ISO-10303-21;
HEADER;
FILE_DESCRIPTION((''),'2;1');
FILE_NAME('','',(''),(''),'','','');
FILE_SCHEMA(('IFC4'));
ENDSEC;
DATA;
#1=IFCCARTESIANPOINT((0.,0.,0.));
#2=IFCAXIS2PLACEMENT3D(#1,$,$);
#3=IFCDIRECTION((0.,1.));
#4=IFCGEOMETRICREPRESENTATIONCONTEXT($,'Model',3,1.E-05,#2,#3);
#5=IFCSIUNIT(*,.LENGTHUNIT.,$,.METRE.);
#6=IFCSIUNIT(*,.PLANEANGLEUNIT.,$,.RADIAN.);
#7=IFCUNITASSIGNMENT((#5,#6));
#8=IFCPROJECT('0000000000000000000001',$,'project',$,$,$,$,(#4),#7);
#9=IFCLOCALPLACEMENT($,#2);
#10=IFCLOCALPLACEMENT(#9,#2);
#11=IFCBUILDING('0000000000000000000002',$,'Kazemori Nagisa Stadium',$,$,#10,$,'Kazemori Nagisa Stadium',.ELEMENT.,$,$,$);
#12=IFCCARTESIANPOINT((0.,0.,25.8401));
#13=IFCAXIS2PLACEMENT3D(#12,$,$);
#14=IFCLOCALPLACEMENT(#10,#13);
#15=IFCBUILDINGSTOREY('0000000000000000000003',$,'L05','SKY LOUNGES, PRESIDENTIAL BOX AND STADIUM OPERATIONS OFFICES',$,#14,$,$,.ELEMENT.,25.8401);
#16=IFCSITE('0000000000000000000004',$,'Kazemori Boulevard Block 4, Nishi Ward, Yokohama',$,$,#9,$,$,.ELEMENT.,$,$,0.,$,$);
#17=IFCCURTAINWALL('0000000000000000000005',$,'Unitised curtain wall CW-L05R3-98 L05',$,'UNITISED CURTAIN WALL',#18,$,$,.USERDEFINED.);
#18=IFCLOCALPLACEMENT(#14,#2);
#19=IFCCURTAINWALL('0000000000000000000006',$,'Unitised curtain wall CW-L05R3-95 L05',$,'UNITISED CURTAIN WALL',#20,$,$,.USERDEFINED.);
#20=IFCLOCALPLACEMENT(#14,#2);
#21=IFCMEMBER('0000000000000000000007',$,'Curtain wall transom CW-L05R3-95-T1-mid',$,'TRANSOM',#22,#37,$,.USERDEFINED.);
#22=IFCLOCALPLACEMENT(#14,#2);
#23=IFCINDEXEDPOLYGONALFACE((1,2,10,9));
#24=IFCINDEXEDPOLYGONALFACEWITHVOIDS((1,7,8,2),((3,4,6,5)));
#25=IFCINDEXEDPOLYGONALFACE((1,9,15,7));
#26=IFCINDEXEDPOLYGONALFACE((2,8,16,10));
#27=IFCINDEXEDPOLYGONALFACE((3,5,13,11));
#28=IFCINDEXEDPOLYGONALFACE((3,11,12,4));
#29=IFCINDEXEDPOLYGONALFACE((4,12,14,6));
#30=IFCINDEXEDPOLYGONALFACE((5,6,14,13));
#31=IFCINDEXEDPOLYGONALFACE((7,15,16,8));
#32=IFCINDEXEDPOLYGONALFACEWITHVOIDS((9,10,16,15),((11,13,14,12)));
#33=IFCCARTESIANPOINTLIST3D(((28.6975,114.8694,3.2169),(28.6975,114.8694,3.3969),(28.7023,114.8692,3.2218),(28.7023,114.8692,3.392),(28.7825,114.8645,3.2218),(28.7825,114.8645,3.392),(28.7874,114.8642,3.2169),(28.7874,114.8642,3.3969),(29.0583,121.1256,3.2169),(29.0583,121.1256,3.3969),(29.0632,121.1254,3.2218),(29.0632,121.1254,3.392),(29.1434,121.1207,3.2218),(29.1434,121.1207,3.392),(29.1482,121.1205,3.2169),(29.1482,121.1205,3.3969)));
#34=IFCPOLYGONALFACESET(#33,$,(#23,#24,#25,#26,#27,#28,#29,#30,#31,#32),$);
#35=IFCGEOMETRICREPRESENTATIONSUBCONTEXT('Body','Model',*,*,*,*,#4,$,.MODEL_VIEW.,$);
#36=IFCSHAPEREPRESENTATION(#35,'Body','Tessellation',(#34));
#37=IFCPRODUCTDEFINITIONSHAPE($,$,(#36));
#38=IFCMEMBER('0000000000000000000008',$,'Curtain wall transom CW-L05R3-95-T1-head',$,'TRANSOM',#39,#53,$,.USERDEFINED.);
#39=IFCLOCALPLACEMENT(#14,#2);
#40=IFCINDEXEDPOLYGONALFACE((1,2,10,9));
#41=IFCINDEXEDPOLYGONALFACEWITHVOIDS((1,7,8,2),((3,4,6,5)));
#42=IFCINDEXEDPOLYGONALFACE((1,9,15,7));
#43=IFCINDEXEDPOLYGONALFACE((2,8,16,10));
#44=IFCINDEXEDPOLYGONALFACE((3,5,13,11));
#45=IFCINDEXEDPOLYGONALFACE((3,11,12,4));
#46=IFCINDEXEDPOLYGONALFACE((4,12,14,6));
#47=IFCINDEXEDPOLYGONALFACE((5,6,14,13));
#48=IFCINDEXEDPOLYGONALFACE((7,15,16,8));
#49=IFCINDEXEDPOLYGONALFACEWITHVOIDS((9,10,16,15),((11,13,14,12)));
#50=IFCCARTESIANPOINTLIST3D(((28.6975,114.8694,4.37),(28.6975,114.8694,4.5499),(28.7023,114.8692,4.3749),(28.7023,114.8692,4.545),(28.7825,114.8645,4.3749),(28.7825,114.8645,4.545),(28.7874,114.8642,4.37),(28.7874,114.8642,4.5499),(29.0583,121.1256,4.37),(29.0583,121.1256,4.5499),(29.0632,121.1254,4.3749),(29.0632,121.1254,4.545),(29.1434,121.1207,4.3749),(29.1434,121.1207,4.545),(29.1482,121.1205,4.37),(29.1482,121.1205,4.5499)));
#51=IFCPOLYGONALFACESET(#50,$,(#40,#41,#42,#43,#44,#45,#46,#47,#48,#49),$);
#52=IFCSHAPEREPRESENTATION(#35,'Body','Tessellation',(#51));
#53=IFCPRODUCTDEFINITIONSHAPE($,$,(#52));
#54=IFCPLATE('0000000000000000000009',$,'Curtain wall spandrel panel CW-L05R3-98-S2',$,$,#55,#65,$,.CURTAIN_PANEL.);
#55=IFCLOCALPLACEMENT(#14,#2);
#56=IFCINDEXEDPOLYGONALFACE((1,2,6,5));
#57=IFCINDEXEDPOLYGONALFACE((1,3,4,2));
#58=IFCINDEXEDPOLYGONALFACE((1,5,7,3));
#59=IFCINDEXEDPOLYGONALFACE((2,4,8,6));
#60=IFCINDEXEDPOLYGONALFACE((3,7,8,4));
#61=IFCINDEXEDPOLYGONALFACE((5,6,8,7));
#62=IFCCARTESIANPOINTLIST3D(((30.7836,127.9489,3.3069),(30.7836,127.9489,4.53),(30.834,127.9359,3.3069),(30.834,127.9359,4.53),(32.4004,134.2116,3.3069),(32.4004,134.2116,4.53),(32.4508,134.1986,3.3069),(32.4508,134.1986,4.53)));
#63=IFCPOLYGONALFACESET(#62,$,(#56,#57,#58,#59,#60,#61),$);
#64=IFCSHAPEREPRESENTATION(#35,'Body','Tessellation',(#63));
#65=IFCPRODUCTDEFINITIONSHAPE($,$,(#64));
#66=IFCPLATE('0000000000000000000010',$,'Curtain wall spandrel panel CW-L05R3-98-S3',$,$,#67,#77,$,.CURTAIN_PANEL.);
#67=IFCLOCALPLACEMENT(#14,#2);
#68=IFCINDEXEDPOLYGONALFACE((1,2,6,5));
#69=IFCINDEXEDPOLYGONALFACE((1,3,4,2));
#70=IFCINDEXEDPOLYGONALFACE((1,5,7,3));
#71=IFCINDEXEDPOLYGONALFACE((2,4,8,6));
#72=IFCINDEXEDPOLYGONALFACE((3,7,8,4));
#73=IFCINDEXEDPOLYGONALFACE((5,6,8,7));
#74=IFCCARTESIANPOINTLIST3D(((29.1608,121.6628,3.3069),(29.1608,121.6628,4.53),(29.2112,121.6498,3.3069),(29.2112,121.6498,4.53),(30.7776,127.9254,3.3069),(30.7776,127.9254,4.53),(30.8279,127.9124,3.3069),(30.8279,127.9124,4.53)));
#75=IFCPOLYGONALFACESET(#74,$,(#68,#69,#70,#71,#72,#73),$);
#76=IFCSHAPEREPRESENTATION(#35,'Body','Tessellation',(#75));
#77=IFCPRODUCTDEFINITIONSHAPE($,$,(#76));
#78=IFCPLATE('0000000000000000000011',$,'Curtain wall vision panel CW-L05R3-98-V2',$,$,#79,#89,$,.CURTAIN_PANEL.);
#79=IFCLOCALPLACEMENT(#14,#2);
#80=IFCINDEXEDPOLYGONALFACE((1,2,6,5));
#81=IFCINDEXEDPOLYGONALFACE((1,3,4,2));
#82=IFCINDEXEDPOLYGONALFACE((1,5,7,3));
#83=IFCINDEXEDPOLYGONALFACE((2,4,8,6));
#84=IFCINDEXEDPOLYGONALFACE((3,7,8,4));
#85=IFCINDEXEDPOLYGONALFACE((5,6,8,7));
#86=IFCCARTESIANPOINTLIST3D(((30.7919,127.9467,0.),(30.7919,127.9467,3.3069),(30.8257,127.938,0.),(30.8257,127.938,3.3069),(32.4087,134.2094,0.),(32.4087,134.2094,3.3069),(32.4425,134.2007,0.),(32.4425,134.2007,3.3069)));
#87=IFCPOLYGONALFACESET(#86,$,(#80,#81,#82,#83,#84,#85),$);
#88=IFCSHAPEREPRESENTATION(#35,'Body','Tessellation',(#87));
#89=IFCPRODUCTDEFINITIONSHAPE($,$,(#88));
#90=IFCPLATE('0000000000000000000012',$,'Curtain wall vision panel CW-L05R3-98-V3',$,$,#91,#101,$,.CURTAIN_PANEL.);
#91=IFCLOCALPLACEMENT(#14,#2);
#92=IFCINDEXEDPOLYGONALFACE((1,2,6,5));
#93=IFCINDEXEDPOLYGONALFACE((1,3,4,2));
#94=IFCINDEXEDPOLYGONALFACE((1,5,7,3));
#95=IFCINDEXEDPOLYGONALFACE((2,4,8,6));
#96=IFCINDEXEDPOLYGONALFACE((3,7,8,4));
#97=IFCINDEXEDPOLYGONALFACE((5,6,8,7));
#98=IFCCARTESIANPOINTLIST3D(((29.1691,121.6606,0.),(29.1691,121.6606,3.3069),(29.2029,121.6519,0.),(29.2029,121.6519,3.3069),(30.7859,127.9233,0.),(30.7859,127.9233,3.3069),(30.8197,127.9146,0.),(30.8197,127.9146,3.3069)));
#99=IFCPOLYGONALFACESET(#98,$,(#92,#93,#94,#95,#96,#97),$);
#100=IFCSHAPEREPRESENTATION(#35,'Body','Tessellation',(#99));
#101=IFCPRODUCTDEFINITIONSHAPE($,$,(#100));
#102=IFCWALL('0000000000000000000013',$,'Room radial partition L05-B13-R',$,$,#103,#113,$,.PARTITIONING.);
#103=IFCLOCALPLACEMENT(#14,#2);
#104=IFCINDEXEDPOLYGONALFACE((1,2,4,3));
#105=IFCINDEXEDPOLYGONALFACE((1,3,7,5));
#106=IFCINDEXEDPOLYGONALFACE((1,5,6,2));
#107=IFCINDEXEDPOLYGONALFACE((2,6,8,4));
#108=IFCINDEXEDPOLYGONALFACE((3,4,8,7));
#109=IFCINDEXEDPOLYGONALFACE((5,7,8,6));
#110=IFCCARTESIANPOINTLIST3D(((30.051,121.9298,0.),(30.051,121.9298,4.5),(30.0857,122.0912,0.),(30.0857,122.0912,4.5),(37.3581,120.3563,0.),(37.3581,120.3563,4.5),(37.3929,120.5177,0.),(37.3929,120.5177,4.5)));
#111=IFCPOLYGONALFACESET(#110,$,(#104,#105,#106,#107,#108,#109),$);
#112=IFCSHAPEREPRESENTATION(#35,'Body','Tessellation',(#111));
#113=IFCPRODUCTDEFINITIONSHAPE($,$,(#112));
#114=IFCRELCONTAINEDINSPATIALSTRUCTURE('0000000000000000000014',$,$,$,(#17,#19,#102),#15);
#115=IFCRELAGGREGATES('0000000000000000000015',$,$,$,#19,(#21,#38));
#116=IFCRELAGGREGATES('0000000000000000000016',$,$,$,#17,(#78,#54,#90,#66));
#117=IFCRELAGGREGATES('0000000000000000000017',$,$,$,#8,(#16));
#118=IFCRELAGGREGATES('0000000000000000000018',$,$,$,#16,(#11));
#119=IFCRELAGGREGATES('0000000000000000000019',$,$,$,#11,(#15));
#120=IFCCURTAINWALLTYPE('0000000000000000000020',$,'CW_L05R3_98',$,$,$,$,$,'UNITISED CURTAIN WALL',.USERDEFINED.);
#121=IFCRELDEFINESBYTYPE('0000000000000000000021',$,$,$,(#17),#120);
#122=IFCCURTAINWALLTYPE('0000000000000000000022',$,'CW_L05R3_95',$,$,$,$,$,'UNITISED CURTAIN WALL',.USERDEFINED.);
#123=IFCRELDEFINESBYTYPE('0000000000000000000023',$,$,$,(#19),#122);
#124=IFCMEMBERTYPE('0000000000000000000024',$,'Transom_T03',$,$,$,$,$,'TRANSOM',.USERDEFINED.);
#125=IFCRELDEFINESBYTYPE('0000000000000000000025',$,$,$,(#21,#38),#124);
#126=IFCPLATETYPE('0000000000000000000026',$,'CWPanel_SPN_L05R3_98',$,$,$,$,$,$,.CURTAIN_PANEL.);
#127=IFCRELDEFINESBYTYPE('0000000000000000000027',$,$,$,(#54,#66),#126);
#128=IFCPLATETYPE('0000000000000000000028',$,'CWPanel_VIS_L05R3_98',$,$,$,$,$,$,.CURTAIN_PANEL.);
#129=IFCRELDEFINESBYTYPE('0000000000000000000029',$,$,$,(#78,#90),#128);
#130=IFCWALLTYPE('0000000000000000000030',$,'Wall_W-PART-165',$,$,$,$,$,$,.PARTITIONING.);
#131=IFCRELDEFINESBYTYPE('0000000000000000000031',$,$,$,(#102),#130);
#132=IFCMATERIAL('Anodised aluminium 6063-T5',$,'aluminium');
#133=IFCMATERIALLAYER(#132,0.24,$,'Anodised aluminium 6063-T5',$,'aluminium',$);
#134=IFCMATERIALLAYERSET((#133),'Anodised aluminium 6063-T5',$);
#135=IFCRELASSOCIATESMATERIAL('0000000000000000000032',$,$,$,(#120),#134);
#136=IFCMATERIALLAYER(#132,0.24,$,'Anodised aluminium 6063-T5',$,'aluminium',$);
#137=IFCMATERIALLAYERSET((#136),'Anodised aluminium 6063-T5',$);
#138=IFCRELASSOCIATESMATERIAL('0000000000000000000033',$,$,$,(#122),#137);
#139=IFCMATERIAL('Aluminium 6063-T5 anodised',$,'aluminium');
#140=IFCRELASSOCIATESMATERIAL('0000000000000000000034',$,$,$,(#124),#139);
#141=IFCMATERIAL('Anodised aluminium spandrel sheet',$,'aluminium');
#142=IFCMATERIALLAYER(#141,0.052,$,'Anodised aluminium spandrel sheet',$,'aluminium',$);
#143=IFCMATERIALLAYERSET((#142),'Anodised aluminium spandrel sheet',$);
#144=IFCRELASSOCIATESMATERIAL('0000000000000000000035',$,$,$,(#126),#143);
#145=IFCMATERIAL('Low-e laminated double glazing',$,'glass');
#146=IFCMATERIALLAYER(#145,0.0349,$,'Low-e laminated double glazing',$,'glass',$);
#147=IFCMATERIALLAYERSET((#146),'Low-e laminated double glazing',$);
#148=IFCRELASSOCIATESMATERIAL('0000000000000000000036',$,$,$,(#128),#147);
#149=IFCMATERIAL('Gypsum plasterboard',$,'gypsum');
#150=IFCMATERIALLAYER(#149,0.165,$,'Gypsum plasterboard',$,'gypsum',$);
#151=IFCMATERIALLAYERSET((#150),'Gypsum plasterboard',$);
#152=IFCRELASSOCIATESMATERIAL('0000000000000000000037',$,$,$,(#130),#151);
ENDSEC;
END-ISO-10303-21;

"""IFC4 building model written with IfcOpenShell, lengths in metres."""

from ifc_helpers import new_model, si_unit, direction, frame, frame_2d, origin, origin_2d, place, context, subcontext, project, spatial, rectangle, hollow_rectangle, extrude, material, layer, layer_set, material_profile, profile_set, type_object, element, aggregate, save


model = new_model("IFC4")

# Units and contexts
model_context = context("Model", 3, precision=1e-05, world=origin(), true_north=direction((0.0, 1.0)))
body_context = subcontext(model_context, "Body", "Model", "MODEL_VIEW")
ifc_project = project(units=[si_unit("LENGTHUNIT", "METRE"), si_unit("PLANEANGLEUNIT", "RADIAN")], contexts=[model_context])

# Site, building, storey
site_placement = place(None, origin())
site = spatial("IfcSite", under=ifc_project, at=site_placement, Name="Kazemori Boulevard Block 4, Nishi Ward, Yokohama", CompositionType="ELEMENT", RefElevation=0.0)
building_placement = place(site_placement, origin())
building = spatial("IfcBuilding", under=site, at=building_placement, Name="Kazemori Nagisa Stadium", LongName="Kazemori Nagisa Stadium", CompositionType="ELEMENT")
storey_placement = place(building_placement, frame((0.0, 0.0, 25.8401)))
storey = spatial("IfcBuildingStorey", under=building, at=storey_placement, Name="L05", Description="SKY LOUNGES, PRESIDENTIAL BOX AND STADIUM OPERATIONS OFFICES", CompositionType="ELEMENT", Elevation=25.8401)

# Curtain wall
ifc_material_1 = material(Name="Anodised aluminium 6063-T5", Category="aluminium")
ifc_layer_1 = layer(ifc_material_1, 0.24, Name="Anodised aluminium 6063-T5", Category="aluminium")
ifc_layer_set_1 = layer_set([ifc_layer_1], Name="Anodised aluminium 6063-T5")
curtain_wall_type_1 = type_object("IfcCurtainWallType", Name="CW_L05R3_98", ElementType="UNITISED CURTAIN WALL", PredefinedType="USERDEFINED", material=ifc_layer_set_1)
curtain_wall_1_placement = place(storey_placement, origin())
curtain_wall_1 = element("IfcCurtainWall", 1, at=curtain_wall_1_placement, inside=storey, type_object=curtain_wall_type_1, Name="Unitised curtain wall CW-L05R3-98 L05", ObjectType="UNITISED CURTAIN WALL", PredefinedType="USERDEFINED")
ifc_material_2 = material(Name="Aluminium 6063-T5 anodised", Category="aluminium")

# Curtain wall
ifc_layer_2 = layer(ifc_material_1, 0.24, Name="Anodised aluminium 6063-T5", Category="aluminium")
ifc_layer_set_2 = layer_set([ifc_layer_2], Name="Anodised aluminium 6063-T5")
curtain_wall_type_2 = type_object("IfcCurtainWallType", Name="CW_L05R3_95", ElementType="UNITISED CURTAIN WALL", PredefinedType="USERDEFINED", material=ifc_layer_set_2)
curtain_wall_2_placement = place(storey_placement, origin())
curtain_wall_2 = element("IfcCurtainWall", 2, at=curtain_wall_2_placement, inside=storey, type_object=curtain_wall_type_2, Name="Unitised curtain wall CW-L05R3-95 L05", ObjectType="UNITISED CURTAIN WALL", PredefinedType="USERDEFINED")

# Members
ifc_material_profile_1 = material_profile(ifc_material_2, hollow_rectangle(XDim=0.0901, YDim=0.1799, WallThickness=0.0049, at=origin_2d()), Name="ALU-TRAN-90x180x5")
ifc_profile_set_1 = profile_set([ifc_material_profile_1], Name="Aluminium 6063-T5 anodised")
member_type_1 = type_object("IfcMemberType", Name="Transom_T03", ElementType="TRANSOM", PredefinedType="USERDEFINED", material=ifc_profile_set_1)
member_1_placement = place(storey_placement, frame((29.1033, 121.123, 3.3069), z_axis=(-0.057582, -0.998341, 0.0), x_axis=(0.998341, -0.057582, 0.0)))
member_1 = element("IfcMember", 3, at=member_1_placement, type_object=member_type_1, Name="Curtain wall transom CW-L05R3-95-T1-mid", ObjectType="TRANSOM", PredefinedType="USERDEFINED", context=body_context, shape_type="SweptSolid", body=[
    extrude(hollow_rectangle(XDim=0.0901, YDim=0.1799, WallThickness=0.0049, at=origin_2d()), origin(), (0.0, 0.0, 1.0), 6.2666),
])
member_2_placement = place(storey_placement, frame((29.1033, 121.123, 4.46), z_axis=(-0.057582, -0.998341, 0.0), x_axis=(0.998341, -0.057582, 0.0)))
member_2 = element("IfcMember", 4, at=member_2_placement, type_object=member_type_1, Name="Curtain wall transom CW-L05R3-95-T1-head", ObjectType="TRANSOM", PredefinedType="USERDEFINED", context=body_context, shape_type="SweptSolid", body=[
    extrude(hollow_rectangle(XDim=0.0901, YDim=0.1799, WallThickness=0.0049, at=origin_2d()), origin(), (0.0, 0.0, 1.0), 6.2666),
])
aggregate(curtain_wall_2, [member_1, member_2])

# Plates
ifc_material_3 = material(Name="Anodised aluminium spandrel sheet", Category="aluminium")
ifc_layer_3 = layer(ifc_material_3, 0.052, Name="Anodised aluminium spandrel sheet", Category="aluminium")
ifc_layer_set_3 = layer_set([ifc_layer_3], Name="Anodised aluminium spandrel sheet")
plate_type_1 = type_object("IfcPlateType", Name="CWPanel_SPN_L05R3_98", PredefinedType="CURTAIN_PANEL", material=ifc_layer_set_3)
plate_1_placement = place(storey_placement, frame((31.6172, 131.0737, 3.3069), z_axis=(0.0, 0.0, 1.0), x_axis=(-0.249965, -0.968255, 0.0)))
plate_1 = element("IfcPlate", 5, at=plate_1_placement, type_object=plate_type_1, Name="Curtain wall spandrel panel CW-L05R3-98-S2", PredefinedType="CURTAIN_PANEL", context=body_context, shape_type="SweptSolid", body=[
    extrude(rectangle(XDim=6.468, YDim=0.052, at=origin_2d()), origin(), (0.0, 0.0, 1.0), 1.2231),
])
plate_2_placement = place(storey_placement, frame((29.9944, 124.7876, 3.3069), z_axis=(0.0, 0.0, 1.0), x_axis=(-0.249965, -0.968255, 0.0)))
plate_2 = element("IfcPlate", 6, at=plate_2_placement, type_object=plate_type_1, Name="Curtain wall spandrel panel CW-L05R3-98-S3", PredefinedType="CURTAIN_PANEL", context=body_context, shape_type="SweptSolid", body=[
    extrude(rectangle(XDim=6.468, YDim=0.052, at=origin_2d()), origin(), (0.0, 0.0, 1.0), 1.2231),
])
ifc_material_4 = material(Name="Low-e laminated double glazing", Category="glass")
ifc_layer_4 = layer(ifc_material_4, 0.0349, Name="Low-e laminated double glazing", Category="glass")
ifc_layer_set_4 = layer_set([ifc_layer_4], Name="Low-e laminated double glazing")
plate_type_2 = type_object("IfcPlateType", Name="CWPanel_VIS_L05R3_98", PredefinedType="CURTAIN_PANEL", material=ifc_layer_set_4)
plate_3_placement = place(storey_placement, frame((31.6172, 131.0737, 0.0), z_axis=(0.0, 0.0, 1.0), x_axis=(-0.249965, -0.968255, 0.0)))
plate_3 = element("IfcPlate", 7, at=plate_3_placement, type_object=plate_type_2, Name="Curtain wall vision panel CW-L05R3-98-V2", PredefinedType="CURTAIN_PANEL", context=body_context, shape_type="SweptSolid", body=[
    extrude(rectangle(XDim=6.468, YDim=0.0349, at=origin_2d()), origin(), (0.0, 0.0, 1.0), 3.3069),
])
plate_4_placement = place(storey_placement, frame((29.9944, 124.7876, 0.0), z_axis=(0.0, 0.0, 1.0), x_axis=(-0.249965, -0.968255, 0.0)))
plate_4 = element("IfcPlate", 8, at=plate_4_placement, type_object=plate_type_2, Name="Curtain wall vision panel CW-L05R3-98-V3", PredefinedType="CURTAIN_PANEL", context=body_context, shape_type="SweptSolid", body=[
    extrude(rectangle(XDim=6.468, YDim=0.0349, at=origin_2d()), origin(), (0.0, 0.0, 1.0), 3.3069),
])
aggregate(curtain_wall_1, [plate_3, plate_1, plate_4, plate_2])

# Wall
ifc_material_5 = material(Name="Gypsum plasterboard", Category="gypsum")
ifc_layer_5 = layer(ifc_material_5, 0.165, Name="Gypsum plasterboard", Category="gypsum")
ifc_layer_set_5 = layer_set([ifc_layer_5], Name="Gypsum plasterboard")
wall_type = type_object("IfcWallType", Name="Wall_W-PART-165", PredefinedType="PARTITIONING", material=ifc_layer_set_5)
wall_placement = place(storey_placement, frame((37.3755, 120.437, 0.0), z_axis=(0.0, 0.0, 1.0), x_axis=(-0.977592, 0.21051, 0.0)))
element("IfcWall", 9, at=wall_placement, inside=storey, type_object=wall_type, Name="Room radial partition L05-B13-R", PredefinedType="PARTITIONING", context=body_context, shape_type="SweptSolid", body=[
    extrude(rectangle(XDim=7.4746, YDim=0.165, at=frame_2d((3.7373, 0.0))), origin(), (0.0, 0.0, 1.0), 4.5),
])

save(model, "model.ifc")
